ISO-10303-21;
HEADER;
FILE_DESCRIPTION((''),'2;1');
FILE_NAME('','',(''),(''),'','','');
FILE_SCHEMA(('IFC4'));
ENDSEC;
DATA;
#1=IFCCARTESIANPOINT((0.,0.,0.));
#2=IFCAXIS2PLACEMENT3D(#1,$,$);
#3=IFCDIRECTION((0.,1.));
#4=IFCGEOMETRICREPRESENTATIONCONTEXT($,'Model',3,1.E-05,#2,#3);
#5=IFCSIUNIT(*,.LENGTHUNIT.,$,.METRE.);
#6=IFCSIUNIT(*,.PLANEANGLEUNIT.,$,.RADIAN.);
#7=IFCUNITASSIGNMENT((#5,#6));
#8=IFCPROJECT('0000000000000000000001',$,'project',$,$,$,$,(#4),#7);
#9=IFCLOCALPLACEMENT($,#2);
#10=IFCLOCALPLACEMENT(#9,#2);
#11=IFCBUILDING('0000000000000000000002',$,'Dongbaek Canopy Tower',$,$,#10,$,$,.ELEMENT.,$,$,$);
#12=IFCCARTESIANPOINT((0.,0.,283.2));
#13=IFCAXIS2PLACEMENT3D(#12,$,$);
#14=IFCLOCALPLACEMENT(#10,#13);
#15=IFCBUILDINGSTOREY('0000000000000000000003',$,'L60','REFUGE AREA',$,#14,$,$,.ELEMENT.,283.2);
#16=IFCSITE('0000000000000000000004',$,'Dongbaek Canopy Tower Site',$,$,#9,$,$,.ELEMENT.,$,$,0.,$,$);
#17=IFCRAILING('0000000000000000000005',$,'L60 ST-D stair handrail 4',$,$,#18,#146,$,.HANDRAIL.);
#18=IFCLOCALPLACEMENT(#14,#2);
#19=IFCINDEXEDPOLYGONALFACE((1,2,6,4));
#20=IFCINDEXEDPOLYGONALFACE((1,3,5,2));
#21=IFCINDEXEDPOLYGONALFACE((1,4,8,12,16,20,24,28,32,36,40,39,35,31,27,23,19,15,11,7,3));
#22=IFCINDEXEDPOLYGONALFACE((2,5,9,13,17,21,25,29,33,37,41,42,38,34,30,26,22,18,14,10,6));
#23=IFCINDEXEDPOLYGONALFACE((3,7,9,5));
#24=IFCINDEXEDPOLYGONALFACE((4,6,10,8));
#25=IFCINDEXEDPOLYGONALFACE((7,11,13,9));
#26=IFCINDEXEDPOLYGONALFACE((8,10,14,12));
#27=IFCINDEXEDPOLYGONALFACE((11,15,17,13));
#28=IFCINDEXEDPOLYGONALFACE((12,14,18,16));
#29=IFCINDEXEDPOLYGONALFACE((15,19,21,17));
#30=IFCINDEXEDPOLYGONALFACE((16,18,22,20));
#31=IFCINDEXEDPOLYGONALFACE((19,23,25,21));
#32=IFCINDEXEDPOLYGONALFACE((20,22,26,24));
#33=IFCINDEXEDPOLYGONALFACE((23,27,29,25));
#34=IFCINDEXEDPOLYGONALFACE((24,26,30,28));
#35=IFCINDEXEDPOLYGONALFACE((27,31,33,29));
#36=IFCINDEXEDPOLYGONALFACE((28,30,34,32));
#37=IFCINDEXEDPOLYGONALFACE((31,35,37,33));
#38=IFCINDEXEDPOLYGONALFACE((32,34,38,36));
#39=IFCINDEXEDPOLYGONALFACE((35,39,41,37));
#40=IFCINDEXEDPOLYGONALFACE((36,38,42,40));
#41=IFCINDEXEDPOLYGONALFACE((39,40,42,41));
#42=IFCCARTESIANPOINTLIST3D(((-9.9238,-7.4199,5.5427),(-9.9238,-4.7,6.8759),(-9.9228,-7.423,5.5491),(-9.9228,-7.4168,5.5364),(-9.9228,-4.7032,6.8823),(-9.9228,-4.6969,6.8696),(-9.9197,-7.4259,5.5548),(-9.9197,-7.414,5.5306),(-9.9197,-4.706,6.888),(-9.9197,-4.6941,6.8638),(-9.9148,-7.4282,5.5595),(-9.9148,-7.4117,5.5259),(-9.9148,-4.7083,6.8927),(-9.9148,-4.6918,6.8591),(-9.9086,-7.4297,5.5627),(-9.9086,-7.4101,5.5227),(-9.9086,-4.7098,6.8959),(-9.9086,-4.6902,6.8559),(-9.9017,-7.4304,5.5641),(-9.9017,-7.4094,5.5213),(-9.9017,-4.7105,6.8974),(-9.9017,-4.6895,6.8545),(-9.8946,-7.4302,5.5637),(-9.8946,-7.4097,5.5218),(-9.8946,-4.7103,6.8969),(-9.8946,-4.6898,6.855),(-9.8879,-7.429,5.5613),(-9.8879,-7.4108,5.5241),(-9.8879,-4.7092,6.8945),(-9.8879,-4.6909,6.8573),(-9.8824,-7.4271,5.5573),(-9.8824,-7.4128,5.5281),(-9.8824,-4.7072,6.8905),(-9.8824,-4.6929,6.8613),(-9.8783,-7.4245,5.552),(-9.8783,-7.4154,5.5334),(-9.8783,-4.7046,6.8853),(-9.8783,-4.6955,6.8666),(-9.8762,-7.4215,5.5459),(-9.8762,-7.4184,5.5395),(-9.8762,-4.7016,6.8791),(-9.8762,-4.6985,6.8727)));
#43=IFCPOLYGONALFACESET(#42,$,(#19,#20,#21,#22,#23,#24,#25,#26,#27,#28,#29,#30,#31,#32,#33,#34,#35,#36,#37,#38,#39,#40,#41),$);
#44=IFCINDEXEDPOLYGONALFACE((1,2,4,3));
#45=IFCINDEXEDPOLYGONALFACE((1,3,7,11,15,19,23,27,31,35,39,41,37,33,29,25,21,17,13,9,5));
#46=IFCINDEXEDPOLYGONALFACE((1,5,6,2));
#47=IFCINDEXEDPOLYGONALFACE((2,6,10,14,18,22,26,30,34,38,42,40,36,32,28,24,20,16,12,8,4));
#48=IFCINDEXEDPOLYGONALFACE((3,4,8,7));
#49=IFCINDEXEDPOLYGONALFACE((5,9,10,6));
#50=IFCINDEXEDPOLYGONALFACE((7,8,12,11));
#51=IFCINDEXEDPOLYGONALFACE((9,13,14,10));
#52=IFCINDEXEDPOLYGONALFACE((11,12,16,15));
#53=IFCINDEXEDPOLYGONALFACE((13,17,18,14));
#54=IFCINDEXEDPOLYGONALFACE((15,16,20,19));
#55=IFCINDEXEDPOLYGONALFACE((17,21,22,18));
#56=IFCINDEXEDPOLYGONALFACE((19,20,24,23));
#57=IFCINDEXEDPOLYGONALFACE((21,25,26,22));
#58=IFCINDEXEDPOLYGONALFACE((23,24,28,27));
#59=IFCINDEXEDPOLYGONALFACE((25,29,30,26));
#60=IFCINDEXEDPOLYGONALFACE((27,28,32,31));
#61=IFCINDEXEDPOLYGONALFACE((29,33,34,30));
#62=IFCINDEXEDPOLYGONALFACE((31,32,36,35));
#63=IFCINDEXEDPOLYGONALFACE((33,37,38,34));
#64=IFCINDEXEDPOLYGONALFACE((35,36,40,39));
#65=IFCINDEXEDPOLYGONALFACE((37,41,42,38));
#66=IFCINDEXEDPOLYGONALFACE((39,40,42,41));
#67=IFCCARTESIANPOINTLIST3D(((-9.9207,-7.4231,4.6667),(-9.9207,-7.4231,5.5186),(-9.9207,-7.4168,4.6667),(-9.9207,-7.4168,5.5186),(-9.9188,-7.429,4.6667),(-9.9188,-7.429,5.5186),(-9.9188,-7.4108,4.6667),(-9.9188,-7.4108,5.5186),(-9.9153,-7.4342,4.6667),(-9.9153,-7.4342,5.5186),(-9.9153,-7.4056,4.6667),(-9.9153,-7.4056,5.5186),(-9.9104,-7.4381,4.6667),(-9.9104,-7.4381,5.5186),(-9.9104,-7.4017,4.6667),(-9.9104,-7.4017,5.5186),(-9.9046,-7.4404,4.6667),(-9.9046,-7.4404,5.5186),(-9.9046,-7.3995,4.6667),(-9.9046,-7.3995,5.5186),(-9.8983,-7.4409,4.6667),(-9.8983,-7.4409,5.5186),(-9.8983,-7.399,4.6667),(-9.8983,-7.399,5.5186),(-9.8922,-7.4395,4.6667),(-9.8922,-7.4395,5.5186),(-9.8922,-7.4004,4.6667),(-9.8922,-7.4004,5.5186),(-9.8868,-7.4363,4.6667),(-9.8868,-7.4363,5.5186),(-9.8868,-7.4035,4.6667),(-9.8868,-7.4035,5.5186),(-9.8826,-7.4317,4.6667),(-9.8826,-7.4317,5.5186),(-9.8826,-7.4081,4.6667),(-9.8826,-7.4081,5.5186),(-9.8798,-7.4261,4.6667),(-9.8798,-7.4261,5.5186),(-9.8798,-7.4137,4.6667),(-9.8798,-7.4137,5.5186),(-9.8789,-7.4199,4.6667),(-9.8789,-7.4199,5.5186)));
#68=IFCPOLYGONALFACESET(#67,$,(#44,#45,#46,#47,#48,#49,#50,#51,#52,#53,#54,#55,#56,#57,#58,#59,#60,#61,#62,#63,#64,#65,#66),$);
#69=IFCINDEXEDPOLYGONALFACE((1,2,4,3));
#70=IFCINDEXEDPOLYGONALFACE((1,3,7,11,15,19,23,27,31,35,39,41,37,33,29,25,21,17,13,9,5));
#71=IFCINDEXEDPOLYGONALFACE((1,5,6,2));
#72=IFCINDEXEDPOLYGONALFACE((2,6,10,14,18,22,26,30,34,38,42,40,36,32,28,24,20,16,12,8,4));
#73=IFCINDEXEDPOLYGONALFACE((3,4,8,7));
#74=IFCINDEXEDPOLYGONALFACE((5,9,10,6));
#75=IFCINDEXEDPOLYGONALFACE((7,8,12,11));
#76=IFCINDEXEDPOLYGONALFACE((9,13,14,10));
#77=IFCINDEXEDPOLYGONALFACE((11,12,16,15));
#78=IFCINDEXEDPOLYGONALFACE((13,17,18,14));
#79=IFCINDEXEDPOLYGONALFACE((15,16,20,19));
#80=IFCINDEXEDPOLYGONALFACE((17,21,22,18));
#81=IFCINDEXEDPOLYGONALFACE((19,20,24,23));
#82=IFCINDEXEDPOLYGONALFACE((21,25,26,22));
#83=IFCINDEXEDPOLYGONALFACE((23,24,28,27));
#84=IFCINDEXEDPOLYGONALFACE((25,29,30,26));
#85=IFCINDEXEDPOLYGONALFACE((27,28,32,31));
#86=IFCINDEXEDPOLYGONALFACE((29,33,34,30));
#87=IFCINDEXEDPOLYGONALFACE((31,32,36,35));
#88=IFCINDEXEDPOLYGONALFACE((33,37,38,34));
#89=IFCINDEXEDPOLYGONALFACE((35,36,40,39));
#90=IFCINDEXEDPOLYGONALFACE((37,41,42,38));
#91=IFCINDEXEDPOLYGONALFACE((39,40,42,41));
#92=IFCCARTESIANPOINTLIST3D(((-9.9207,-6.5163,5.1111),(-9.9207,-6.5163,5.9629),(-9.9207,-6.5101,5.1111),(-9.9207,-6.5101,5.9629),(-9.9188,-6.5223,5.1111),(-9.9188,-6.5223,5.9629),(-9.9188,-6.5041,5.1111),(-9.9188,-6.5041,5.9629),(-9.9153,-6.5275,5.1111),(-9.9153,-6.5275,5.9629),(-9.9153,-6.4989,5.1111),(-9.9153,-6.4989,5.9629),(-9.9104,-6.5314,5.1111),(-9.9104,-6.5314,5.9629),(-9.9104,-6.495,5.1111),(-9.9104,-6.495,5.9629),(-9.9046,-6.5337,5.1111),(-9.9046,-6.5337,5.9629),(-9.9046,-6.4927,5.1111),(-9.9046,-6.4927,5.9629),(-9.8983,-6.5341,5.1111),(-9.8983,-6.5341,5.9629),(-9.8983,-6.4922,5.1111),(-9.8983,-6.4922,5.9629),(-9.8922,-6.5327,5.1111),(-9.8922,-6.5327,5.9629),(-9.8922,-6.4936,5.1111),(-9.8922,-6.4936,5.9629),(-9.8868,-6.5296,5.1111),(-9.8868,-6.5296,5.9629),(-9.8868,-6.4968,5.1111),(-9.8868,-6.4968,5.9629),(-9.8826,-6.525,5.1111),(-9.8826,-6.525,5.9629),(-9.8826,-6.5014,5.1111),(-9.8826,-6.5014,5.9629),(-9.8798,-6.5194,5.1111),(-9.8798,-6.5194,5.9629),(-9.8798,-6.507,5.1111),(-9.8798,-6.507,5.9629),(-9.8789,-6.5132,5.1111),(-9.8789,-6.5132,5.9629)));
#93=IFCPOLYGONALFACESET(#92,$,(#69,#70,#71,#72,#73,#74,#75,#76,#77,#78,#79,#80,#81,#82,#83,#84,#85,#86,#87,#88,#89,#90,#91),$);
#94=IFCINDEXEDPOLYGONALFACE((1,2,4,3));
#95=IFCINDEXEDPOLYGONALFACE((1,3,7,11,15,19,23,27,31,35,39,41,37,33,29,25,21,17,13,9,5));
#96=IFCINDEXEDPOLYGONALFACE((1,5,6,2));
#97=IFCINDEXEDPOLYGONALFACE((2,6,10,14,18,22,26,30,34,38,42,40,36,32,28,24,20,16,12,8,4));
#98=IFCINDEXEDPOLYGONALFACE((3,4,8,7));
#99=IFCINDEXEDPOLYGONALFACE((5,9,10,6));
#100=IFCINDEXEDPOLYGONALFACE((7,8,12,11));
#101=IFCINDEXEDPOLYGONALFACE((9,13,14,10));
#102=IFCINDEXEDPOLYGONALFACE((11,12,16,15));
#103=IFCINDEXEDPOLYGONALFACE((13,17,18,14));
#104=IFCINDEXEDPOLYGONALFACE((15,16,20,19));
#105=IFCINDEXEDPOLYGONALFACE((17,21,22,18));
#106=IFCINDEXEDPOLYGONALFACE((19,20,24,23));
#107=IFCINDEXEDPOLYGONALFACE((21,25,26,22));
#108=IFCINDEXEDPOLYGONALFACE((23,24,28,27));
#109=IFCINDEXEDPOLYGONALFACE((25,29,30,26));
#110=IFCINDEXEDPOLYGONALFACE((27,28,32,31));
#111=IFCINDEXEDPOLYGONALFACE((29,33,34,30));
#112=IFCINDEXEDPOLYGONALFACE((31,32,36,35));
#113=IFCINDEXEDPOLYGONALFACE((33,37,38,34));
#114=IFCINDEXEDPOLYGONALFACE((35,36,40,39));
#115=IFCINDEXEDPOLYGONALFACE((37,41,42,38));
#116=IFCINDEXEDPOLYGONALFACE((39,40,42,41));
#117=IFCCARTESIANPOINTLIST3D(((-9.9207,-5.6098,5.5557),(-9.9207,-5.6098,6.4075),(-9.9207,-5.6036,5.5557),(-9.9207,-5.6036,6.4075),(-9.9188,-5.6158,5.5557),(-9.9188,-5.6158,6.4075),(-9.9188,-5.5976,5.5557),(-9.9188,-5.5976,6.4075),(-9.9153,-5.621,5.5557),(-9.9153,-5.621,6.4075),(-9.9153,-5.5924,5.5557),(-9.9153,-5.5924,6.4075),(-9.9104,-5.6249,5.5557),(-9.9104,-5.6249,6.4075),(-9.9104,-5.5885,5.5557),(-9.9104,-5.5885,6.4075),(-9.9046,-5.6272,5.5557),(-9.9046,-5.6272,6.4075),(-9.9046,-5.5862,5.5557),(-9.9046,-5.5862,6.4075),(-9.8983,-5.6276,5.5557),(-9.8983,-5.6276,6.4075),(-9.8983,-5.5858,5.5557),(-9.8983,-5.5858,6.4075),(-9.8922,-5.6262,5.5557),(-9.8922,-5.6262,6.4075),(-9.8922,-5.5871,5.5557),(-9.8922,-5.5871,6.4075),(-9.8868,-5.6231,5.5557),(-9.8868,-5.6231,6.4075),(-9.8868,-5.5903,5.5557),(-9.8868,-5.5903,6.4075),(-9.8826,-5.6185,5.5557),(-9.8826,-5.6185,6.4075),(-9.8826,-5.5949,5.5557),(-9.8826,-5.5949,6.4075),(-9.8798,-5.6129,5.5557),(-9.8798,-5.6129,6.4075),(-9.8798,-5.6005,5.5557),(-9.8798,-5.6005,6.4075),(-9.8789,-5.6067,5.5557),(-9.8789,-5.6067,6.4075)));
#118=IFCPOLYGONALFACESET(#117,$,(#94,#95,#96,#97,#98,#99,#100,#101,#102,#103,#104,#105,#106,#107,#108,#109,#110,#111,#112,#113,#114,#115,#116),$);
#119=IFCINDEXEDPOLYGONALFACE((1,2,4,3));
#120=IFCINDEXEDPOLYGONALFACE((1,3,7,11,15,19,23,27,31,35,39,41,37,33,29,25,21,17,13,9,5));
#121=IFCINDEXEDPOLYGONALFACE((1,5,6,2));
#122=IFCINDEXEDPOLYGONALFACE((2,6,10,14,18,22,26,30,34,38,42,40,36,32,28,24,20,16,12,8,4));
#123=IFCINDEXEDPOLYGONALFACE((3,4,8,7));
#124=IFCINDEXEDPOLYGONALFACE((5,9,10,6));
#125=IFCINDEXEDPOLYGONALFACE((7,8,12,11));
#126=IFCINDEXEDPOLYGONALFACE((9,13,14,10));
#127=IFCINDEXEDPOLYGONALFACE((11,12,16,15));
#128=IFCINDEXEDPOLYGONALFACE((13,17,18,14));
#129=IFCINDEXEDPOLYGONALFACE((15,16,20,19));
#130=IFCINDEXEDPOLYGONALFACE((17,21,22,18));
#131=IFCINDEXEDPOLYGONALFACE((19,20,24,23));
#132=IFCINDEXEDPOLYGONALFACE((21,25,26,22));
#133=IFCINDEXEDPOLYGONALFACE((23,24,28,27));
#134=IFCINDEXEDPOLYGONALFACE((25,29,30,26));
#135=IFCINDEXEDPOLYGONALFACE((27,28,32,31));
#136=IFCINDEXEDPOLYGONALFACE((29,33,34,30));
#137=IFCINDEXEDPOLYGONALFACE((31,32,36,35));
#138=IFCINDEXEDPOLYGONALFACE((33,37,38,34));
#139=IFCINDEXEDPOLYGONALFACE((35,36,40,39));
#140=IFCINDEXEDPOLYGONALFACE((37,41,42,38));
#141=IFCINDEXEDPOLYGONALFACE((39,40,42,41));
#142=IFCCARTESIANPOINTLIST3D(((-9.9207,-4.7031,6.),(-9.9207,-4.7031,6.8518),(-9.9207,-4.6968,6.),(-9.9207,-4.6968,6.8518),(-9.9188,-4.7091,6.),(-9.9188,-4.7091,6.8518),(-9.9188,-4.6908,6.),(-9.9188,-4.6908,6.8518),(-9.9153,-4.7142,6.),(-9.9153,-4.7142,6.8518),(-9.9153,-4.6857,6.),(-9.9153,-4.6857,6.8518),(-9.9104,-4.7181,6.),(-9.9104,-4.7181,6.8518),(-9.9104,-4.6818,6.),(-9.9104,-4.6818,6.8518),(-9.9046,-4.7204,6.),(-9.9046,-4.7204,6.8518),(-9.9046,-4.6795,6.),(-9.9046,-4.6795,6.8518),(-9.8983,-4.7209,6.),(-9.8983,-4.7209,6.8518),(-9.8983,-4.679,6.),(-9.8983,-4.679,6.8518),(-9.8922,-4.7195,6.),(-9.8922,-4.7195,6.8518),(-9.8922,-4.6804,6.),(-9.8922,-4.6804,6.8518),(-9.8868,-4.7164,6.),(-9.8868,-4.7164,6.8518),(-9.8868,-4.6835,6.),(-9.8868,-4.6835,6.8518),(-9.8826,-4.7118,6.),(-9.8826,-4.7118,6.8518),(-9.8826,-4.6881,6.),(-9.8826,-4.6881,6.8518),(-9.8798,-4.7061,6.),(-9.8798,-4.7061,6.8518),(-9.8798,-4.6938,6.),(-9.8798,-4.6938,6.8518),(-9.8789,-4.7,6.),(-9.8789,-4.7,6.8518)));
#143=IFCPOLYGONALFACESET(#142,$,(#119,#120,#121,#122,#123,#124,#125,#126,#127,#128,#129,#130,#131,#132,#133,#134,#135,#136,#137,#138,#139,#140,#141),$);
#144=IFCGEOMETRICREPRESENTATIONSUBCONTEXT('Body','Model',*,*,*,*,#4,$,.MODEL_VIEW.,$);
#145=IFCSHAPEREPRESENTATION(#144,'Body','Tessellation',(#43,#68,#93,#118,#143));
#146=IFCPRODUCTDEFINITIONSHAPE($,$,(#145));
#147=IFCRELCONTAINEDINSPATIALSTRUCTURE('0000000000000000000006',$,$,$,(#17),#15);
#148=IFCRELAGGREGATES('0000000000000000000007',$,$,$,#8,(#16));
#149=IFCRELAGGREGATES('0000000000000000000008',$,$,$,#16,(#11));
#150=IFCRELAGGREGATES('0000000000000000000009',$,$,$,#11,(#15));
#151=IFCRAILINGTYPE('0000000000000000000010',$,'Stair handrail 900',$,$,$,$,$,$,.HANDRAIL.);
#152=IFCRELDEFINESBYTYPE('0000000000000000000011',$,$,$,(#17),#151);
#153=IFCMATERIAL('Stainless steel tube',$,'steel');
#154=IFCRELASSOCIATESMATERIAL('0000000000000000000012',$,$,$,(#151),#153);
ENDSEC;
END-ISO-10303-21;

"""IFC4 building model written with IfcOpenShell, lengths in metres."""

from ifc_helpers import new_model, si_unit, direction, frame, origin, origin_2d, place, context, subcontext, project, spatial, circle, extrude, material, type_object, element, save


model = new_model("IFC4")

# Units and contexts
model_context = context("Model", 3, precision=1e-05, world=origin(), true_north=direction((0.0, 1.0)))
body_context = subcontext(model_context, "Body", "Model", "MODEL_VIEW")
ifc_project = project(units=[si_unit("LENGTHUNIT", "METRE"), si_unit("PLANEANGLEUNIT", "RADIAN")], contexts=[model_context])

# Site, building, storey
site_placement = place(None, origin())
site = spatial("IfcSite", under=ifc_project, at=site_placement, Name="Dongbaek Canopy Tower Site", CompositionType="ELEMENT", RefElevation=0.0)
building_placement = place(site_placement, origin())
building = spatial("IfcBuilding", under=site, at=building_placement, Name="Dongbaek Canopy Tower", CompositionType="ELEMENT")
storey_placement = place(building_placement, frame((0.0, 0.0, 283.2)))
storey = spatial("IfcBuildingStorey", under=building, at=storey_placement, Name="L60", Description="REFUGE AREA", CompositionType="ELEMENT", Elevation=283.2)

# Railing
ifc_material_1 = material(Name="Stainless steel tube", Category="steel")
railing_type_1 = type_object("IfcRailingType", Name="Stair handrail 900", PredefinedType="HANDRAIL", material=ifc_material_1)
for number, where, name in (
    (1, (-9.8999, -7.4199, 4.6667), "L60 ST-D stair handrail 4"),
):
    element("IfcRailing", number, at=place(storey_placement, frame(where)), inside=storey, type_object=railing_type_1, Name=name, PredefinedType="HANDRAIL", context=body_context, shape_type="SweptSolid", body=[
        extrude(circle(Radius=0.0239, at=origin_2d()), frame((0.0, 0.0, 0.876), z_axis=(0.0, 0.897929, 0.440139), x_axis=(-1.0, 0.0, 0.0)), (0.0, 0.0, 1.0), 3.0291),
        extrude(circle(Radius=0.021, at=origin_2d()), origin(), (0.0, 0.0, 1.0), 0.8518),
        extrude(circle(Radius=0.021, at=origin_2d()), frame((0.0, 0.9067, 0.4443)), (0.0, 0.0, 1.0), 0.8518),
        extrude(circle(Radius=0.021, at=origin_2d()), frame((0.0, 1.8132, 0.8889)), (0.0, 0.0, 1.0), 0.8518),
        extrude(circle(Radius=0.021, at=origin_2d()), frame((0.0, 2.72, 1.3333)), (0.0, 0.0, 1.0), 0.8518),
    ])

save(model, "model.ifc")
